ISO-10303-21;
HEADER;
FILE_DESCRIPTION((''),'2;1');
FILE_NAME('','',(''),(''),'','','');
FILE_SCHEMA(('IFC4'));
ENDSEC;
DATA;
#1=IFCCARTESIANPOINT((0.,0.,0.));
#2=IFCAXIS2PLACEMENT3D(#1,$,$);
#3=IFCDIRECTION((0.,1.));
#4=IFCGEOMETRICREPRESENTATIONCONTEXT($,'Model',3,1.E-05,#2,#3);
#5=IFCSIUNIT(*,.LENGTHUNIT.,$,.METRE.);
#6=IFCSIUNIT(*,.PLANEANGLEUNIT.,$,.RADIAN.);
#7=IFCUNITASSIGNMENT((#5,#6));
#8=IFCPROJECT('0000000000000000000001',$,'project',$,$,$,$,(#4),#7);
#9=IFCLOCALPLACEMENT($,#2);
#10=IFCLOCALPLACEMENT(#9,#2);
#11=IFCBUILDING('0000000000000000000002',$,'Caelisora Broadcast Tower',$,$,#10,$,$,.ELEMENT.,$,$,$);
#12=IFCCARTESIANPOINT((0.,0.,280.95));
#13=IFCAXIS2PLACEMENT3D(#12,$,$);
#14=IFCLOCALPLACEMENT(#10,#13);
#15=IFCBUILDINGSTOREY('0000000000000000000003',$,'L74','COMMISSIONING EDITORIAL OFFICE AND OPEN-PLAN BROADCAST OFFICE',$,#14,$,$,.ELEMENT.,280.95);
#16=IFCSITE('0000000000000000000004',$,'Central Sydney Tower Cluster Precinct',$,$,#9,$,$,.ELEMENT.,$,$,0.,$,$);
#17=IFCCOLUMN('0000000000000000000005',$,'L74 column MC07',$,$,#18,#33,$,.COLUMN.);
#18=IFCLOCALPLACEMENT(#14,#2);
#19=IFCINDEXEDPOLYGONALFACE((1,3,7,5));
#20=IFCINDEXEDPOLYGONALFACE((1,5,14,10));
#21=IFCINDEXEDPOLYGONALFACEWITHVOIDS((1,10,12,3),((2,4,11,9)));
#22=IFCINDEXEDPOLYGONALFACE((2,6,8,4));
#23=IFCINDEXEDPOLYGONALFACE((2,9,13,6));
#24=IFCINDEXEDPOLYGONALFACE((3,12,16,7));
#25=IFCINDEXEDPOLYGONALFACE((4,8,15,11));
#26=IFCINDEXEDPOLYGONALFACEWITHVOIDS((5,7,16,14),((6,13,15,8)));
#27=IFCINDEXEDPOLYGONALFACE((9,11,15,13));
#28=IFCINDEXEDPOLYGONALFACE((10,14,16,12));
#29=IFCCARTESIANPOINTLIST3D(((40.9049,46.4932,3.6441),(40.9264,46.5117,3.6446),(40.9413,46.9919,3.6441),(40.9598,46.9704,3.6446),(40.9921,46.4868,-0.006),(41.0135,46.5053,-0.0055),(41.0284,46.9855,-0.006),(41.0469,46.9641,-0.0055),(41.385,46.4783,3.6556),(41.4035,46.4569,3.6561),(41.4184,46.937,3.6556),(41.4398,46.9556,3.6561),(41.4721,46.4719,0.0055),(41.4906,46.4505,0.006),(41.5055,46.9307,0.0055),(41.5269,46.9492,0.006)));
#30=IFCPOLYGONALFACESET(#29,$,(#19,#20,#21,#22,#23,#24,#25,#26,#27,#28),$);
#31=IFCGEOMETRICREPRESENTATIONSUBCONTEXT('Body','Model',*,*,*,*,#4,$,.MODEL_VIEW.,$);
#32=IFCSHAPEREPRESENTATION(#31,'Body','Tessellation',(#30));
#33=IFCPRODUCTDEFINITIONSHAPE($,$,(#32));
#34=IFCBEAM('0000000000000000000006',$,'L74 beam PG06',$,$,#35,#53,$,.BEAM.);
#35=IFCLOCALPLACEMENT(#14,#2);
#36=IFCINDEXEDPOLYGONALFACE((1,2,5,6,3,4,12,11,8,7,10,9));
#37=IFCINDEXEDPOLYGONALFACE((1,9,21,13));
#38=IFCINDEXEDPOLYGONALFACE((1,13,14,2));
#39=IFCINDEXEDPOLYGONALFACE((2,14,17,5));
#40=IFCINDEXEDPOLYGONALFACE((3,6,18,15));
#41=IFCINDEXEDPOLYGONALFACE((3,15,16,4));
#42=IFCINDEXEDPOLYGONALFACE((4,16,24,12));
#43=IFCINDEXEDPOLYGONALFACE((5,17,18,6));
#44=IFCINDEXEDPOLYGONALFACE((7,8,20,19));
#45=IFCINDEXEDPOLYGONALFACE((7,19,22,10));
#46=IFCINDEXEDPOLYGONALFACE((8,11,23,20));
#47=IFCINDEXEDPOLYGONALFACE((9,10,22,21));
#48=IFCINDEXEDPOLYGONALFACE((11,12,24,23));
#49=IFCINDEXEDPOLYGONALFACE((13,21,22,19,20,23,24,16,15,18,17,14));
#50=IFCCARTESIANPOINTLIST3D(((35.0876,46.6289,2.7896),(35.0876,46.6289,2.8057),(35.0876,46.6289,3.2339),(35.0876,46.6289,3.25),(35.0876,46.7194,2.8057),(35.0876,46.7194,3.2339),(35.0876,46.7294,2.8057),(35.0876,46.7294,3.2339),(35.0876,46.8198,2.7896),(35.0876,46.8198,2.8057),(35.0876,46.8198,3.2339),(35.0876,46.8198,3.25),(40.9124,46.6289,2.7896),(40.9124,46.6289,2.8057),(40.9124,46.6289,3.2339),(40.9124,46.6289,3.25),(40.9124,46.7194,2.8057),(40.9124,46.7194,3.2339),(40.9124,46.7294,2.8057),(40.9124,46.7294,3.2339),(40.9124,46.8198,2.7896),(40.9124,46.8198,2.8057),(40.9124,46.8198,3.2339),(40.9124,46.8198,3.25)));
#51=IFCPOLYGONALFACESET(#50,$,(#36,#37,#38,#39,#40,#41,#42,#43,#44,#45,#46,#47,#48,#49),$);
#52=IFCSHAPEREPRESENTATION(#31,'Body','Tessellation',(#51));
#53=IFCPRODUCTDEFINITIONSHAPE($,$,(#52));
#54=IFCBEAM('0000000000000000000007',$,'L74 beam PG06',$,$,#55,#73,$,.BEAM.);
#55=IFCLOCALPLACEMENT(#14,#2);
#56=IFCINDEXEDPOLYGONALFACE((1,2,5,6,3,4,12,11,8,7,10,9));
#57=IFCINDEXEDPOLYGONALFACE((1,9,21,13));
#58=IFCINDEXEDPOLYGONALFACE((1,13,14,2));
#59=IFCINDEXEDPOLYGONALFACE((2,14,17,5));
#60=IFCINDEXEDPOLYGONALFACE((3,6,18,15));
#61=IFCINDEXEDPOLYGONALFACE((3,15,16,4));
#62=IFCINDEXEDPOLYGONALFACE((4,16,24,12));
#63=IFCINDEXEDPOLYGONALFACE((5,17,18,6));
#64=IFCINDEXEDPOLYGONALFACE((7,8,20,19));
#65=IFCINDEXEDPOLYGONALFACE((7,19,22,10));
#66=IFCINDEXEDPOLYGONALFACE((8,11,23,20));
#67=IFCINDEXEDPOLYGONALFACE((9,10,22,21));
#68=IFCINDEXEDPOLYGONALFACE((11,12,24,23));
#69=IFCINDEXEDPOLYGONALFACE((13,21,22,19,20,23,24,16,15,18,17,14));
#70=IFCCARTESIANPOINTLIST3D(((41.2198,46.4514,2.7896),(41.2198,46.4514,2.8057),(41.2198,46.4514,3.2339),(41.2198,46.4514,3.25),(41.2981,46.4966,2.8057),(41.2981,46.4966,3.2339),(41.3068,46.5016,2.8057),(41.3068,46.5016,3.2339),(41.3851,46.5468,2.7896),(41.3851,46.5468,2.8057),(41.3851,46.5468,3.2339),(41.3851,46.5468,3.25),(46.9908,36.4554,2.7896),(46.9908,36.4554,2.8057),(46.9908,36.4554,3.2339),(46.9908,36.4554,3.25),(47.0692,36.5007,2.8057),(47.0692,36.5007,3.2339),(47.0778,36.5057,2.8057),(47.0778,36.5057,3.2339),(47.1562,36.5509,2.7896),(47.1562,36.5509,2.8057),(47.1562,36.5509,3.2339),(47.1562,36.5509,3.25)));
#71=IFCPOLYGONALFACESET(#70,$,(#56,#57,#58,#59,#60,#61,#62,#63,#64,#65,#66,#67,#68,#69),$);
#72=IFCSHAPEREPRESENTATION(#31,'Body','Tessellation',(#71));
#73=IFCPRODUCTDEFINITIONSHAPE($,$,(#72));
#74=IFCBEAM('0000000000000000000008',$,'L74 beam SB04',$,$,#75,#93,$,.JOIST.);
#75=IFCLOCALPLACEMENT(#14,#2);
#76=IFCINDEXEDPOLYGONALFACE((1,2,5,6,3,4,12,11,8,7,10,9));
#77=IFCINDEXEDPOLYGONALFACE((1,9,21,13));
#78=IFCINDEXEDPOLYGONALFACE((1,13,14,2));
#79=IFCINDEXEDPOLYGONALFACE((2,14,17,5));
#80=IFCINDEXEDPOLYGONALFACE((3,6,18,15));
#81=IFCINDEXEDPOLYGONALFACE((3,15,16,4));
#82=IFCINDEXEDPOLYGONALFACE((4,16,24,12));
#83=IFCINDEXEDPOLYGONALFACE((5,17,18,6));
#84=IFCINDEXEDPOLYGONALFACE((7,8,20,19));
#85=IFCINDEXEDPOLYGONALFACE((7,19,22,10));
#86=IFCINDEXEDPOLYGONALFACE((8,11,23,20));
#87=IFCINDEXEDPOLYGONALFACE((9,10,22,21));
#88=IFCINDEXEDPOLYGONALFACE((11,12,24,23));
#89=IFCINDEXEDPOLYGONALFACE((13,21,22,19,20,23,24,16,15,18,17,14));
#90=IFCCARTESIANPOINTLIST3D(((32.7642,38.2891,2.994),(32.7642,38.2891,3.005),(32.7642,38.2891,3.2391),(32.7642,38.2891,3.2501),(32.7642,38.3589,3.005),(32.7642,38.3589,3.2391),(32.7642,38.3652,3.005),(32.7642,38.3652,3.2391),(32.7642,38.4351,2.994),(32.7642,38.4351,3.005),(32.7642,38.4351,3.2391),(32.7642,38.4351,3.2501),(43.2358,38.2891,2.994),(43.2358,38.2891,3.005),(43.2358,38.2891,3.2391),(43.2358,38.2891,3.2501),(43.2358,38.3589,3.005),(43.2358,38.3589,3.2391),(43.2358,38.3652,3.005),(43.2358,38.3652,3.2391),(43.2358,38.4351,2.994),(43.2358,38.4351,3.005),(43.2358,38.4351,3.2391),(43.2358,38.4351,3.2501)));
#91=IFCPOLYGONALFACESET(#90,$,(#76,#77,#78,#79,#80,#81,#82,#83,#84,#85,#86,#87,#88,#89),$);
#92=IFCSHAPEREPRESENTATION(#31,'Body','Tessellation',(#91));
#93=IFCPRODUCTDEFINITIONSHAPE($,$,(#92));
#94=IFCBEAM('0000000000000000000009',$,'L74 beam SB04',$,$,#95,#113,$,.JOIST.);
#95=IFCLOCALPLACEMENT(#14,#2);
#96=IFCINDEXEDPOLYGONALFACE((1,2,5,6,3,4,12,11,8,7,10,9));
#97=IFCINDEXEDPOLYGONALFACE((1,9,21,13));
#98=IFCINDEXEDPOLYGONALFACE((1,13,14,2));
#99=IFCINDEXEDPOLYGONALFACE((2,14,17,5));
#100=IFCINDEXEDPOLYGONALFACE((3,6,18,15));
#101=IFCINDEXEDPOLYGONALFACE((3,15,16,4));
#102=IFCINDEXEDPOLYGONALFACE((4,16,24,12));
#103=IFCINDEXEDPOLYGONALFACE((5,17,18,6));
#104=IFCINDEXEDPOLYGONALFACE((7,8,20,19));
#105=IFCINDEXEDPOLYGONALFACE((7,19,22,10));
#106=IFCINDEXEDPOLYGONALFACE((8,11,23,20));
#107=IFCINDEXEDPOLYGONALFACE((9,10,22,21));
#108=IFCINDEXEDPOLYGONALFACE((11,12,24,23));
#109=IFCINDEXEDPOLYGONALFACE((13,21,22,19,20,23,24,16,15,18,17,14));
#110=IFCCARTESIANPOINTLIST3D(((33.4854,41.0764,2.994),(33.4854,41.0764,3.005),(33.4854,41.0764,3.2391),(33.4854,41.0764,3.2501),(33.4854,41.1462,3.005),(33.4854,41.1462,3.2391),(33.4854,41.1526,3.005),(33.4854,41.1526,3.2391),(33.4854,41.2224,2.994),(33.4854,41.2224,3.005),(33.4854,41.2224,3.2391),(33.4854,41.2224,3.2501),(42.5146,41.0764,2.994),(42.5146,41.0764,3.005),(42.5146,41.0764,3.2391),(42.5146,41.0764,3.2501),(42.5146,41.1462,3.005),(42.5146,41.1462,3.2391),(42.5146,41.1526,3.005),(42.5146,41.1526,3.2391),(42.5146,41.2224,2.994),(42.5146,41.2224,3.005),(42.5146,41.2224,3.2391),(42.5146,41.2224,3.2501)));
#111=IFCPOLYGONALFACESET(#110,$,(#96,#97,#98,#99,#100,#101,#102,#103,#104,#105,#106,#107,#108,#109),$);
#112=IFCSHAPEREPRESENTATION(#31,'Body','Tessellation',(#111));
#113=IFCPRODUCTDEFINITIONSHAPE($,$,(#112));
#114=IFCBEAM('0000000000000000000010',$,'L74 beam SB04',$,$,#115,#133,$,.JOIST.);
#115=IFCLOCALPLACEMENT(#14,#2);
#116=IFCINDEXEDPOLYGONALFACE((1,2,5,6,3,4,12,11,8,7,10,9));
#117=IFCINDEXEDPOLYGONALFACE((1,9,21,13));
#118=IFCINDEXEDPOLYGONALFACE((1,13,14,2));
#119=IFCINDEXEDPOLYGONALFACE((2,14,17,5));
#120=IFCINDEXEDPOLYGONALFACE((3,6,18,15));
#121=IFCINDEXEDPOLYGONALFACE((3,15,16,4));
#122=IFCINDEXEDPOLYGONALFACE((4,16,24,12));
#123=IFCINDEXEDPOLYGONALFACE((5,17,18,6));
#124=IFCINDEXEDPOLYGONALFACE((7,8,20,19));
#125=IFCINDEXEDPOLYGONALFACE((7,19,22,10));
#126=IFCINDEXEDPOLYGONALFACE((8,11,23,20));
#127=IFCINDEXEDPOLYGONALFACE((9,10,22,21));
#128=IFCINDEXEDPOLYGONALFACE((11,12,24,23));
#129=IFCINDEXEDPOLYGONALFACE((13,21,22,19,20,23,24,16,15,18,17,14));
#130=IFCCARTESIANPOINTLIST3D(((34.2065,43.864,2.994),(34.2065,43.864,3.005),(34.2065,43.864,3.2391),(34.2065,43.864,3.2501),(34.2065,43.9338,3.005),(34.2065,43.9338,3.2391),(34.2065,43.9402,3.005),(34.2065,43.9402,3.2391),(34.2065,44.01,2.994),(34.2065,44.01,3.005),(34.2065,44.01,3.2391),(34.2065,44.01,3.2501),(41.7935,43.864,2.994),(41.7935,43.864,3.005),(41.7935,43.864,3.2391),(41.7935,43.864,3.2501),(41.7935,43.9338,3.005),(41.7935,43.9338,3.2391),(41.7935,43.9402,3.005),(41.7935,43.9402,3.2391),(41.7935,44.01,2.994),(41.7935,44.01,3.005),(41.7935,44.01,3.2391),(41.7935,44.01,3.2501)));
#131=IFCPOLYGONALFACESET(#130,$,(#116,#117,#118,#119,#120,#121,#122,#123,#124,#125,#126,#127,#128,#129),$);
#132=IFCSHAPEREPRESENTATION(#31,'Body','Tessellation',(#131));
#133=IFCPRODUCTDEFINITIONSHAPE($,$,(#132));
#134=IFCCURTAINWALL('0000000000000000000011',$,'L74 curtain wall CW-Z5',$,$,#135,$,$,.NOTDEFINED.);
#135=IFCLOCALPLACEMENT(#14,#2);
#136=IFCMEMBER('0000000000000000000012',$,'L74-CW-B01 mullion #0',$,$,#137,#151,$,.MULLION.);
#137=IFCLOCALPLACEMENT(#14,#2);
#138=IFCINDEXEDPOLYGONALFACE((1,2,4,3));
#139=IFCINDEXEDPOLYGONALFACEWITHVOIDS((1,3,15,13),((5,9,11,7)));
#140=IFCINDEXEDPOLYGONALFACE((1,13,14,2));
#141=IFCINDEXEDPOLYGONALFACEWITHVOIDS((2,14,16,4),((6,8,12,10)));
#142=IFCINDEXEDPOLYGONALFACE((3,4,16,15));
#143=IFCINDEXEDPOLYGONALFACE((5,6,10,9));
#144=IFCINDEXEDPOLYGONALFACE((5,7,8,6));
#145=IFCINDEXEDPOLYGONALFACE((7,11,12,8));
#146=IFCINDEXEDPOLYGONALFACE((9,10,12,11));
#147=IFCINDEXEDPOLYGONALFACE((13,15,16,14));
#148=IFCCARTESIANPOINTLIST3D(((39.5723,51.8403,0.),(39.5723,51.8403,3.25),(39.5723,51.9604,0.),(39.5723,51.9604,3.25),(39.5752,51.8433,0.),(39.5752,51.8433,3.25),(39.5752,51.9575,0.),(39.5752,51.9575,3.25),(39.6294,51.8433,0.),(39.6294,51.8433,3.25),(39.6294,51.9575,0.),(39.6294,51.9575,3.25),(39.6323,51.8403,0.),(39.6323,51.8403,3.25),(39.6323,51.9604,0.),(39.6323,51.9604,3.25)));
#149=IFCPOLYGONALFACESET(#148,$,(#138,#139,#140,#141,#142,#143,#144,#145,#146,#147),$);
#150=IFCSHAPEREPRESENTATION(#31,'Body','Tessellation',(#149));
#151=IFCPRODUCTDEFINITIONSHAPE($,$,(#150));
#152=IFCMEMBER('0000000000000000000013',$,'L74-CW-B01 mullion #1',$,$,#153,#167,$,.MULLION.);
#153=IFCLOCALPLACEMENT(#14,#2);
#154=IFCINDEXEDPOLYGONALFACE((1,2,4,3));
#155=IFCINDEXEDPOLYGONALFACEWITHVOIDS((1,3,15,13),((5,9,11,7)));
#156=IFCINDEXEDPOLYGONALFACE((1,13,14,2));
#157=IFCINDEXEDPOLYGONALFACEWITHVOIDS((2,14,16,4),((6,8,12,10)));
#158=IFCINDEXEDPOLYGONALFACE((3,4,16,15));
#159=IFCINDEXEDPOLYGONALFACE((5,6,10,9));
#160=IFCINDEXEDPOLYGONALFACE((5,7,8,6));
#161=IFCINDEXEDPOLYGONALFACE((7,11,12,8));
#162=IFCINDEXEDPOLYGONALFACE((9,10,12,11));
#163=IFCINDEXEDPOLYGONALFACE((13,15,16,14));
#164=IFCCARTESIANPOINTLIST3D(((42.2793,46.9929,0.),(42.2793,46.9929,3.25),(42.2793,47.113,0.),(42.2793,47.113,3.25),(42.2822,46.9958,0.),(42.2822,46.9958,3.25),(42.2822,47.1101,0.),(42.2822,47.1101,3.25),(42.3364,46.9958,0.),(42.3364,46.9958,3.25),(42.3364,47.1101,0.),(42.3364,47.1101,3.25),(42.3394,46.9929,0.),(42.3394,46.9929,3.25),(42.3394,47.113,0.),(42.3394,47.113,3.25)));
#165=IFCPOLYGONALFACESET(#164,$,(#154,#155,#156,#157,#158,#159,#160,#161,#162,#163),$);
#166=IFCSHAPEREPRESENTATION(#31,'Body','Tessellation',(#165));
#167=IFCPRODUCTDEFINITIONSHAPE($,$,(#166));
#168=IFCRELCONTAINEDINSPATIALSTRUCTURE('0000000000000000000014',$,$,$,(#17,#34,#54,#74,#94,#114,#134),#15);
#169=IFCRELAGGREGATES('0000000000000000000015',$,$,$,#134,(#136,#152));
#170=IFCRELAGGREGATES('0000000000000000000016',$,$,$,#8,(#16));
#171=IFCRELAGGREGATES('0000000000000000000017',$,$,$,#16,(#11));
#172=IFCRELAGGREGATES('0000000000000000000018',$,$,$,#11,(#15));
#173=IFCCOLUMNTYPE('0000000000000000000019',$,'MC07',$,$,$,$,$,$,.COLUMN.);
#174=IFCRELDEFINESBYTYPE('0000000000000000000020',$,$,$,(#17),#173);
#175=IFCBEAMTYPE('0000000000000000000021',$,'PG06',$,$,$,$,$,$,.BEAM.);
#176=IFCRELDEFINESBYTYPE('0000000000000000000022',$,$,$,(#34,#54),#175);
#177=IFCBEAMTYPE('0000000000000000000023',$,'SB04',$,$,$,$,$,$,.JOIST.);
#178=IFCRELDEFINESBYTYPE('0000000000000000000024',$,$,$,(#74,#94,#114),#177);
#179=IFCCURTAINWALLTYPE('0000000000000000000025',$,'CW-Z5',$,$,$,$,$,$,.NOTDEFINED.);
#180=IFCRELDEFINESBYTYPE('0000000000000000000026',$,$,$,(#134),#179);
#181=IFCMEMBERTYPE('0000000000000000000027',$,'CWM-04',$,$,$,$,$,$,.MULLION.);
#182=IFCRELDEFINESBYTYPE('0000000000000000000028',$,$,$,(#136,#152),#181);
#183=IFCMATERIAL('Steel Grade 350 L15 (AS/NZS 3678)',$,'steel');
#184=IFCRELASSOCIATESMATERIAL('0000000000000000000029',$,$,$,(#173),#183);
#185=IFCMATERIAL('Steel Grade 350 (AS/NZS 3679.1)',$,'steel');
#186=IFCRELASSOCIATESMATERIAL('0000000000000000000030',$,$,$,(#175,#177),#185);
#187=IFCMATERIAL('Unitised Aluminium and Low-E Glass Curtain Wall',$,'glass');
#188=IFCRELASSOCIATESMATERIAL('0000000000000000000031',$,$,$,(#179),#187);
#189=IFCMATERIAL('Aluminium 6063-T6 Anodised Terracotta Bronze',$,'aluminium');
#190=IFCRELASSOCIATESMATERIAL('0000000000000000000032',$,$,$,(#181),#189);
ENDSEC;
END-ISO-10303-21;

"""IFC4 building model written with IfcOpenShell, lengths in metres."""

from ifc_helpers import new_model, si_unit, direction, frame, origin, origin_2d, place, context, subcontext, project, spatial, hollow_rectangle, i_section, extrude, source, transform, mapped, material, material_profile, profile_set, type_object, type_shapes, element, aggregate, save


model = new_model("IFC4")

# Units and contexts
model_context = context("Model", 3, precision=1e-05, world=origin(), true_north=direction((0.0, 1.0)))
body_context = subcontext(model_context, "Body", "Model", "MODEL_VIEW")
ifc_project = project(units=[si_unit("LENGTHUNIT", "METRE"), si_unit("PLANEANGLEUNIT", "RADIAN")], contexts=[model_context])

# Site, building, storey
site_placement = place(None, origin())
site = spatial("IfcSite", under=ifc_project, at=site_placement, Name="Central Sydney Tower Cluster Precinct", CompositionType="ELEMENT", RefElevation=0.0)
building_placement = place(site_placement, origin())
building = spatial("IfcBuilding", under=site, at=building_placement, Name="Caelisora Broadcast Tower", CompositionType="ELEMENT")
storey_placement = place(building_placement, frame((0.0, 0.0, 280.95)))
storey = spatial("IfcBuildingStorey", under=building, at=storey_placement, Name="L74", Description="COMMISSIONING EDITORIAL OFFICE AND OPEN-PLAN BROADCAST OFFICE", CompositionType="ELEMENT", Elevation=280.95)

# Column
ifc_material_1 = material(Name="Steel Grade 350 L15 (AS/NZS 3678)", Category="steel")
ifc_material_profile_1 = material_profile(ifc_material_1, hollow_rectangle(XDim=0.5, YDim=0.5, WallThickness=0.02, at=origin_2d()), Name="Steel Grade 350 L15 (AS/NZS 3678)")
ifc_profile_set_1 = profile_set([ifc_material_profile_1], Name="Steel Grade 350 L15 (AS/NZS 3678)")
column_type = type_object("IfcColumnType", Name="MC07", PredefinedType="COLUMN", material=ifc_profile_set_1)
shared_shape_1 = source(origin(), body_context, "Body", "SweptSolid", [
    extrude(hollow_rectangle(XDim=0.5, YDim=0.5, WallThickness=0.02, at=origin_2d()), origin(), (0.0, 0.0, 1.0), 3.6511),
])
type_shapes(column_type, [shared_shape_1])
column_placement = place(storey_placement, frame((41.2595, 46.718, 0.0), z_axis=(-0.023871, 0.001739, 0.999714), x_axis=(-0.072637, -0.997358, 0.0)))
element("IfcColumn", 1, at=column_placement, inside=storey, type_object=column_type, Name="L74 column MC07", PredefinedType="COLUMN", context=body_context, shape_type="MappedRepresentation", body=[
    mapped(shared_shape_1, transform((0.0, 0.0, 0.0), scale=1.0)),
])

# Beams
ifc_material_2 = material(Name="Steel Grade 350 (AS/NZS 3679.1)", Category="steel")
ifc_material_profile_2 = material_profile(ifc_material_2, i_section(OverallWidth=0.1909, OverallDepth=0.4604, WebThickness=0.01, FlangeThickness=0.0161, at=origin_2d()), Name="Steel Grade 350 (AS/NZS 3679.1)")
ifc_profile_set_2 = profile_set([ifc_material_profile_2], Name="Steel Grade 350 (AS/NZS 3679.1)")
beam_type_1 = type_object("IfcBeamType", Name="PG06", PredefinedType="BEAM", material=ifc_profile_set_2)
shared_shape_2 = source(origin(), body_context, "Body", "SweptSolid", [
    extrude(i_section(OverallWidth=0.1909, OverallDepth=0.4604, WebThickness=0.01, FlangeThickness=0.0161, at=origin_2d()), origin(), (0.0, 0.0, 1.0), 5.8247),
])
beam_1_placement = place(storey_placement, frame((40.9124, 46.7244, 3.0198), z_axis=(-1.0, 0.0, 0.0), x_axis=(0.0, -1.0, 0.0)))
element("IfcBeam", 2, at=beam_1_placement, inside=storey, type_object=beam_type_1, Name="L74 beam PG06", PredefinedType="BEAM", context=body_context, shape_type="MappedRepresentation", body=[
    mapped(shared_shape_2, transform((0.0, 0.0, 0.0), scale=1.0)),
])
shared_shape_3 = source(origin(), body_context, "Body", "SweptSolid", [
    extrude(i_section(OverallWidth=0.1909, OverallDepth=0.4604, WebThickness=0.01, FlangeThickness=0.0161, at=origin_2d()), origin(), (0.0, 0.0, 1.0), 11.5422),
])
type_shapes(beam_type_1, [shared_shape_2, shared_shape_3])
beam_2_placement = place(storey_placement, frame((47.0735, 36.5032, 3.0198), z_axis=(-0.499993, 0.86603, 0.0), x_axis=(-0.86603, -0.499993, 0.0)))
element("IfcBeam", 3, at=beam_2_placement, inside=storey, type_object=beam_type_1, Name="L74 beam PG06", PredefinedType="BEAM", context=body_context, shape_type="MappedRepresentation", body=[
    mapped(shared_shape_3, transform((0.0, 0.0, 0.0), scale=1.0)),
])
ifc_material_profile_3 = material_profile(ifc_material_2, i_section(OverallWidth=0.146, OverallDepth=0.2561, WebThickness=0.0063, FlangeThickness=0.011, at=origin_2d()), Name="Steel Grade 350 (AS/NZS 3679.1)")
ifc_profile_set_3 = profile_set([ifc_material_profile_3], Name="Steel Grade 350 (AS/NZS 3679.1)")
beam_type_2 = type_object("IfcBeamType", Name="SB04", PredefinedType="JOIST", material=ifc_profile_set_3)
shared_shape_4 = source(origin(), body_context, "Body", "SweptSolid", [
    extrude(i_section(OverallWidth=0.146, OverallDepth=0.2561, WebThickness=0.0063, FlangeThickness=0.011, at=origin_2d()), origin(), (0.0, 0.0, 1.0), 10.4717),
])
beam_3_placement = place(storey_placement, frame((43.2358, 38.3621, 3.1221), z_axis=(-1.0, 0.0, 0.0), x_axis=(0.0, -1.0, 0.0)))
element("IfcBeam", 4, at=beam_3_placement, inside=storey, type_object=beam_type_2, Name="L74 beam SB04", PredefinedType="JOIST", context=body_context, shape_type="MappedRepresentation", body=[
    mapped(shared_shape_4, transform((0.0, 0.0, 0.0), scale=1.0)),
])
shared_shape_5 = source(origin(), body_context, "Body", "SweptSolid", [
    extrude(i_section(OverallWidth=0.146, OverallDepth=0.2561, WebThickness=0.0063, FlangeThickness=0.011, at=origin_2d()), origin(), (0.0, 0.0, 1.0), 9.0293),
])
beam_4_placement = place(storey_placement, frame((42.5146, 41.1494, 3.1221), z_axis=(-1.0, 0.0, 0.0), x_axis=(0.0, -1.0, 0.0)))
element("IfcBeam", 5, at=beam_4_placement, inside=storey, type_object=beam_type_2, Name="L74 beam SB04", PredefinedType="JOIST", context=body_context, shape_type="MappedRepresentation", body=[
    mapped(shared_shape_5, transform((0.0, 0.0, 0.0), scale=1.0)),
])
shared_shape_6 = source(origin(), body_context, "Body", "SweptSolid", [
    extrude(i_section(OverallWidth=0.146, OverallDepth=0.2561, WebThickness=0.0063, FlangeThickness=0.011, at=origin_2d()), origin(), (0.0, 0.0, 1.0), 7.5869),
])
type_shapes(beam_type_2, [shared_shape_4, shared_shape_5, shared_shape_6])
beam_5_placement = place(storey_placement, frame((41.7935, 43.937, 3.1221), z_axis=(-1.0, 0.0, 0.0), x_axis=(0.0, -1.0, 0.0)))
element("IfcBeam", 6, at=beam_5_placement, inside=storey, type_object=beam_type_2, Name="L74 beam SB04", PredefinedType="JOIST", context=body_context, shape_type="MappedRepresentation", body=[
    mapped(shared_shape_6, transform((0.0, 0.0, 0.0), scale=1.0)),
])

# Curtain wall, members
ifc_material_3 = material(Name="Unitised Aluminium and Low-E Glass Curtain Wall", Category="glass")
curtain_wall_type_1 = type_object("IfcCurtainWallType", Name="CW-Z5", PredefinedType="NOTDEFINED", material=ifc_material_3)
curtain_wall_1_placement = place(storey_placement, origin())
curtain_wall_1 = element("IfcCurtainWall", 7, at=curtain_wall_1_placement, inside=storey, type_object=curtain_wall_type_1, Name="L74 curtain wall CW-Z5", PredefinedType="NOTDEFINED")
ifc_material_4 = material(Name="Aluminium 6063-T6 Anodised Terracotta Bronze", Category="aluminium")
ifc_material_profile_4 = material_profile(ifc_material_4, hollow_rectangle(XDim=0.0601, YDim=0.1201, WallThickness=0.0029, at=origin_2d()), Name="Aluminium 6063-T6 Anodised Terracotta Bronze")
ifc_profile_set_4 = profile_set([ifc_material_profile_4], Name="Aluminium 6063-T6 Anodised Terracotta Bronze")
member_type_1 = type_object("IfcMemberType", Name="CWM-04", PredefinedType="MULLION", material=ifc_profile_set_4)
shared_shape_7 = source(origin(), body_context, "Body", "SweptSolid", [
    extrude(hollow_rectangle(XDim=0.0601, YDim=0.1201, WallThickness=0.0029, at=origin_2d()), origin(), (0.0, 0.0, 1.0), 3.25),
])
type_shapes(member_type_1, [shared_shape_7])
member_1_placement = place(storey_placement, frame((39.6023, 51.9004, 0.0), z_axis=(0.0, 0.0, 1.0), x_axis=(1.0, 0.0, 0.0)))
member_1 = element("IfcMember", 8, at=member_1_placement, type_object=member_type_1, Name="L74-CW-B01 mullion #0", PredefinedType="MULLION", context=body_context, shape_type="MappedRepresentation", body=[
    mapped(shared_shape_7, transform((0.0, 0.0, 0.0), scale=1.0)),
])
member_2_placement = place(storey_placement, frame((42.3093, 47.053, 0.0), z_axis=(0.0, 0.0, 1.0), x_axis=(1.0, 0.0, 0.0)))
member_2 = element("IfcMember", 9, at=member_2_placement, type_object=member_type_1, Name="L74-CW-B01 mullion #1", PredefinedType="MULLION", context=body_context, shape_type="MappedRepresentation", body=[
    mapped(shared_shape_7, transform((0.0, 0.0, 0.0), scale=1.0)),
])

aggregate(curtain_wall_1, [member_1, member_2])

save(model, "model.ifc")
